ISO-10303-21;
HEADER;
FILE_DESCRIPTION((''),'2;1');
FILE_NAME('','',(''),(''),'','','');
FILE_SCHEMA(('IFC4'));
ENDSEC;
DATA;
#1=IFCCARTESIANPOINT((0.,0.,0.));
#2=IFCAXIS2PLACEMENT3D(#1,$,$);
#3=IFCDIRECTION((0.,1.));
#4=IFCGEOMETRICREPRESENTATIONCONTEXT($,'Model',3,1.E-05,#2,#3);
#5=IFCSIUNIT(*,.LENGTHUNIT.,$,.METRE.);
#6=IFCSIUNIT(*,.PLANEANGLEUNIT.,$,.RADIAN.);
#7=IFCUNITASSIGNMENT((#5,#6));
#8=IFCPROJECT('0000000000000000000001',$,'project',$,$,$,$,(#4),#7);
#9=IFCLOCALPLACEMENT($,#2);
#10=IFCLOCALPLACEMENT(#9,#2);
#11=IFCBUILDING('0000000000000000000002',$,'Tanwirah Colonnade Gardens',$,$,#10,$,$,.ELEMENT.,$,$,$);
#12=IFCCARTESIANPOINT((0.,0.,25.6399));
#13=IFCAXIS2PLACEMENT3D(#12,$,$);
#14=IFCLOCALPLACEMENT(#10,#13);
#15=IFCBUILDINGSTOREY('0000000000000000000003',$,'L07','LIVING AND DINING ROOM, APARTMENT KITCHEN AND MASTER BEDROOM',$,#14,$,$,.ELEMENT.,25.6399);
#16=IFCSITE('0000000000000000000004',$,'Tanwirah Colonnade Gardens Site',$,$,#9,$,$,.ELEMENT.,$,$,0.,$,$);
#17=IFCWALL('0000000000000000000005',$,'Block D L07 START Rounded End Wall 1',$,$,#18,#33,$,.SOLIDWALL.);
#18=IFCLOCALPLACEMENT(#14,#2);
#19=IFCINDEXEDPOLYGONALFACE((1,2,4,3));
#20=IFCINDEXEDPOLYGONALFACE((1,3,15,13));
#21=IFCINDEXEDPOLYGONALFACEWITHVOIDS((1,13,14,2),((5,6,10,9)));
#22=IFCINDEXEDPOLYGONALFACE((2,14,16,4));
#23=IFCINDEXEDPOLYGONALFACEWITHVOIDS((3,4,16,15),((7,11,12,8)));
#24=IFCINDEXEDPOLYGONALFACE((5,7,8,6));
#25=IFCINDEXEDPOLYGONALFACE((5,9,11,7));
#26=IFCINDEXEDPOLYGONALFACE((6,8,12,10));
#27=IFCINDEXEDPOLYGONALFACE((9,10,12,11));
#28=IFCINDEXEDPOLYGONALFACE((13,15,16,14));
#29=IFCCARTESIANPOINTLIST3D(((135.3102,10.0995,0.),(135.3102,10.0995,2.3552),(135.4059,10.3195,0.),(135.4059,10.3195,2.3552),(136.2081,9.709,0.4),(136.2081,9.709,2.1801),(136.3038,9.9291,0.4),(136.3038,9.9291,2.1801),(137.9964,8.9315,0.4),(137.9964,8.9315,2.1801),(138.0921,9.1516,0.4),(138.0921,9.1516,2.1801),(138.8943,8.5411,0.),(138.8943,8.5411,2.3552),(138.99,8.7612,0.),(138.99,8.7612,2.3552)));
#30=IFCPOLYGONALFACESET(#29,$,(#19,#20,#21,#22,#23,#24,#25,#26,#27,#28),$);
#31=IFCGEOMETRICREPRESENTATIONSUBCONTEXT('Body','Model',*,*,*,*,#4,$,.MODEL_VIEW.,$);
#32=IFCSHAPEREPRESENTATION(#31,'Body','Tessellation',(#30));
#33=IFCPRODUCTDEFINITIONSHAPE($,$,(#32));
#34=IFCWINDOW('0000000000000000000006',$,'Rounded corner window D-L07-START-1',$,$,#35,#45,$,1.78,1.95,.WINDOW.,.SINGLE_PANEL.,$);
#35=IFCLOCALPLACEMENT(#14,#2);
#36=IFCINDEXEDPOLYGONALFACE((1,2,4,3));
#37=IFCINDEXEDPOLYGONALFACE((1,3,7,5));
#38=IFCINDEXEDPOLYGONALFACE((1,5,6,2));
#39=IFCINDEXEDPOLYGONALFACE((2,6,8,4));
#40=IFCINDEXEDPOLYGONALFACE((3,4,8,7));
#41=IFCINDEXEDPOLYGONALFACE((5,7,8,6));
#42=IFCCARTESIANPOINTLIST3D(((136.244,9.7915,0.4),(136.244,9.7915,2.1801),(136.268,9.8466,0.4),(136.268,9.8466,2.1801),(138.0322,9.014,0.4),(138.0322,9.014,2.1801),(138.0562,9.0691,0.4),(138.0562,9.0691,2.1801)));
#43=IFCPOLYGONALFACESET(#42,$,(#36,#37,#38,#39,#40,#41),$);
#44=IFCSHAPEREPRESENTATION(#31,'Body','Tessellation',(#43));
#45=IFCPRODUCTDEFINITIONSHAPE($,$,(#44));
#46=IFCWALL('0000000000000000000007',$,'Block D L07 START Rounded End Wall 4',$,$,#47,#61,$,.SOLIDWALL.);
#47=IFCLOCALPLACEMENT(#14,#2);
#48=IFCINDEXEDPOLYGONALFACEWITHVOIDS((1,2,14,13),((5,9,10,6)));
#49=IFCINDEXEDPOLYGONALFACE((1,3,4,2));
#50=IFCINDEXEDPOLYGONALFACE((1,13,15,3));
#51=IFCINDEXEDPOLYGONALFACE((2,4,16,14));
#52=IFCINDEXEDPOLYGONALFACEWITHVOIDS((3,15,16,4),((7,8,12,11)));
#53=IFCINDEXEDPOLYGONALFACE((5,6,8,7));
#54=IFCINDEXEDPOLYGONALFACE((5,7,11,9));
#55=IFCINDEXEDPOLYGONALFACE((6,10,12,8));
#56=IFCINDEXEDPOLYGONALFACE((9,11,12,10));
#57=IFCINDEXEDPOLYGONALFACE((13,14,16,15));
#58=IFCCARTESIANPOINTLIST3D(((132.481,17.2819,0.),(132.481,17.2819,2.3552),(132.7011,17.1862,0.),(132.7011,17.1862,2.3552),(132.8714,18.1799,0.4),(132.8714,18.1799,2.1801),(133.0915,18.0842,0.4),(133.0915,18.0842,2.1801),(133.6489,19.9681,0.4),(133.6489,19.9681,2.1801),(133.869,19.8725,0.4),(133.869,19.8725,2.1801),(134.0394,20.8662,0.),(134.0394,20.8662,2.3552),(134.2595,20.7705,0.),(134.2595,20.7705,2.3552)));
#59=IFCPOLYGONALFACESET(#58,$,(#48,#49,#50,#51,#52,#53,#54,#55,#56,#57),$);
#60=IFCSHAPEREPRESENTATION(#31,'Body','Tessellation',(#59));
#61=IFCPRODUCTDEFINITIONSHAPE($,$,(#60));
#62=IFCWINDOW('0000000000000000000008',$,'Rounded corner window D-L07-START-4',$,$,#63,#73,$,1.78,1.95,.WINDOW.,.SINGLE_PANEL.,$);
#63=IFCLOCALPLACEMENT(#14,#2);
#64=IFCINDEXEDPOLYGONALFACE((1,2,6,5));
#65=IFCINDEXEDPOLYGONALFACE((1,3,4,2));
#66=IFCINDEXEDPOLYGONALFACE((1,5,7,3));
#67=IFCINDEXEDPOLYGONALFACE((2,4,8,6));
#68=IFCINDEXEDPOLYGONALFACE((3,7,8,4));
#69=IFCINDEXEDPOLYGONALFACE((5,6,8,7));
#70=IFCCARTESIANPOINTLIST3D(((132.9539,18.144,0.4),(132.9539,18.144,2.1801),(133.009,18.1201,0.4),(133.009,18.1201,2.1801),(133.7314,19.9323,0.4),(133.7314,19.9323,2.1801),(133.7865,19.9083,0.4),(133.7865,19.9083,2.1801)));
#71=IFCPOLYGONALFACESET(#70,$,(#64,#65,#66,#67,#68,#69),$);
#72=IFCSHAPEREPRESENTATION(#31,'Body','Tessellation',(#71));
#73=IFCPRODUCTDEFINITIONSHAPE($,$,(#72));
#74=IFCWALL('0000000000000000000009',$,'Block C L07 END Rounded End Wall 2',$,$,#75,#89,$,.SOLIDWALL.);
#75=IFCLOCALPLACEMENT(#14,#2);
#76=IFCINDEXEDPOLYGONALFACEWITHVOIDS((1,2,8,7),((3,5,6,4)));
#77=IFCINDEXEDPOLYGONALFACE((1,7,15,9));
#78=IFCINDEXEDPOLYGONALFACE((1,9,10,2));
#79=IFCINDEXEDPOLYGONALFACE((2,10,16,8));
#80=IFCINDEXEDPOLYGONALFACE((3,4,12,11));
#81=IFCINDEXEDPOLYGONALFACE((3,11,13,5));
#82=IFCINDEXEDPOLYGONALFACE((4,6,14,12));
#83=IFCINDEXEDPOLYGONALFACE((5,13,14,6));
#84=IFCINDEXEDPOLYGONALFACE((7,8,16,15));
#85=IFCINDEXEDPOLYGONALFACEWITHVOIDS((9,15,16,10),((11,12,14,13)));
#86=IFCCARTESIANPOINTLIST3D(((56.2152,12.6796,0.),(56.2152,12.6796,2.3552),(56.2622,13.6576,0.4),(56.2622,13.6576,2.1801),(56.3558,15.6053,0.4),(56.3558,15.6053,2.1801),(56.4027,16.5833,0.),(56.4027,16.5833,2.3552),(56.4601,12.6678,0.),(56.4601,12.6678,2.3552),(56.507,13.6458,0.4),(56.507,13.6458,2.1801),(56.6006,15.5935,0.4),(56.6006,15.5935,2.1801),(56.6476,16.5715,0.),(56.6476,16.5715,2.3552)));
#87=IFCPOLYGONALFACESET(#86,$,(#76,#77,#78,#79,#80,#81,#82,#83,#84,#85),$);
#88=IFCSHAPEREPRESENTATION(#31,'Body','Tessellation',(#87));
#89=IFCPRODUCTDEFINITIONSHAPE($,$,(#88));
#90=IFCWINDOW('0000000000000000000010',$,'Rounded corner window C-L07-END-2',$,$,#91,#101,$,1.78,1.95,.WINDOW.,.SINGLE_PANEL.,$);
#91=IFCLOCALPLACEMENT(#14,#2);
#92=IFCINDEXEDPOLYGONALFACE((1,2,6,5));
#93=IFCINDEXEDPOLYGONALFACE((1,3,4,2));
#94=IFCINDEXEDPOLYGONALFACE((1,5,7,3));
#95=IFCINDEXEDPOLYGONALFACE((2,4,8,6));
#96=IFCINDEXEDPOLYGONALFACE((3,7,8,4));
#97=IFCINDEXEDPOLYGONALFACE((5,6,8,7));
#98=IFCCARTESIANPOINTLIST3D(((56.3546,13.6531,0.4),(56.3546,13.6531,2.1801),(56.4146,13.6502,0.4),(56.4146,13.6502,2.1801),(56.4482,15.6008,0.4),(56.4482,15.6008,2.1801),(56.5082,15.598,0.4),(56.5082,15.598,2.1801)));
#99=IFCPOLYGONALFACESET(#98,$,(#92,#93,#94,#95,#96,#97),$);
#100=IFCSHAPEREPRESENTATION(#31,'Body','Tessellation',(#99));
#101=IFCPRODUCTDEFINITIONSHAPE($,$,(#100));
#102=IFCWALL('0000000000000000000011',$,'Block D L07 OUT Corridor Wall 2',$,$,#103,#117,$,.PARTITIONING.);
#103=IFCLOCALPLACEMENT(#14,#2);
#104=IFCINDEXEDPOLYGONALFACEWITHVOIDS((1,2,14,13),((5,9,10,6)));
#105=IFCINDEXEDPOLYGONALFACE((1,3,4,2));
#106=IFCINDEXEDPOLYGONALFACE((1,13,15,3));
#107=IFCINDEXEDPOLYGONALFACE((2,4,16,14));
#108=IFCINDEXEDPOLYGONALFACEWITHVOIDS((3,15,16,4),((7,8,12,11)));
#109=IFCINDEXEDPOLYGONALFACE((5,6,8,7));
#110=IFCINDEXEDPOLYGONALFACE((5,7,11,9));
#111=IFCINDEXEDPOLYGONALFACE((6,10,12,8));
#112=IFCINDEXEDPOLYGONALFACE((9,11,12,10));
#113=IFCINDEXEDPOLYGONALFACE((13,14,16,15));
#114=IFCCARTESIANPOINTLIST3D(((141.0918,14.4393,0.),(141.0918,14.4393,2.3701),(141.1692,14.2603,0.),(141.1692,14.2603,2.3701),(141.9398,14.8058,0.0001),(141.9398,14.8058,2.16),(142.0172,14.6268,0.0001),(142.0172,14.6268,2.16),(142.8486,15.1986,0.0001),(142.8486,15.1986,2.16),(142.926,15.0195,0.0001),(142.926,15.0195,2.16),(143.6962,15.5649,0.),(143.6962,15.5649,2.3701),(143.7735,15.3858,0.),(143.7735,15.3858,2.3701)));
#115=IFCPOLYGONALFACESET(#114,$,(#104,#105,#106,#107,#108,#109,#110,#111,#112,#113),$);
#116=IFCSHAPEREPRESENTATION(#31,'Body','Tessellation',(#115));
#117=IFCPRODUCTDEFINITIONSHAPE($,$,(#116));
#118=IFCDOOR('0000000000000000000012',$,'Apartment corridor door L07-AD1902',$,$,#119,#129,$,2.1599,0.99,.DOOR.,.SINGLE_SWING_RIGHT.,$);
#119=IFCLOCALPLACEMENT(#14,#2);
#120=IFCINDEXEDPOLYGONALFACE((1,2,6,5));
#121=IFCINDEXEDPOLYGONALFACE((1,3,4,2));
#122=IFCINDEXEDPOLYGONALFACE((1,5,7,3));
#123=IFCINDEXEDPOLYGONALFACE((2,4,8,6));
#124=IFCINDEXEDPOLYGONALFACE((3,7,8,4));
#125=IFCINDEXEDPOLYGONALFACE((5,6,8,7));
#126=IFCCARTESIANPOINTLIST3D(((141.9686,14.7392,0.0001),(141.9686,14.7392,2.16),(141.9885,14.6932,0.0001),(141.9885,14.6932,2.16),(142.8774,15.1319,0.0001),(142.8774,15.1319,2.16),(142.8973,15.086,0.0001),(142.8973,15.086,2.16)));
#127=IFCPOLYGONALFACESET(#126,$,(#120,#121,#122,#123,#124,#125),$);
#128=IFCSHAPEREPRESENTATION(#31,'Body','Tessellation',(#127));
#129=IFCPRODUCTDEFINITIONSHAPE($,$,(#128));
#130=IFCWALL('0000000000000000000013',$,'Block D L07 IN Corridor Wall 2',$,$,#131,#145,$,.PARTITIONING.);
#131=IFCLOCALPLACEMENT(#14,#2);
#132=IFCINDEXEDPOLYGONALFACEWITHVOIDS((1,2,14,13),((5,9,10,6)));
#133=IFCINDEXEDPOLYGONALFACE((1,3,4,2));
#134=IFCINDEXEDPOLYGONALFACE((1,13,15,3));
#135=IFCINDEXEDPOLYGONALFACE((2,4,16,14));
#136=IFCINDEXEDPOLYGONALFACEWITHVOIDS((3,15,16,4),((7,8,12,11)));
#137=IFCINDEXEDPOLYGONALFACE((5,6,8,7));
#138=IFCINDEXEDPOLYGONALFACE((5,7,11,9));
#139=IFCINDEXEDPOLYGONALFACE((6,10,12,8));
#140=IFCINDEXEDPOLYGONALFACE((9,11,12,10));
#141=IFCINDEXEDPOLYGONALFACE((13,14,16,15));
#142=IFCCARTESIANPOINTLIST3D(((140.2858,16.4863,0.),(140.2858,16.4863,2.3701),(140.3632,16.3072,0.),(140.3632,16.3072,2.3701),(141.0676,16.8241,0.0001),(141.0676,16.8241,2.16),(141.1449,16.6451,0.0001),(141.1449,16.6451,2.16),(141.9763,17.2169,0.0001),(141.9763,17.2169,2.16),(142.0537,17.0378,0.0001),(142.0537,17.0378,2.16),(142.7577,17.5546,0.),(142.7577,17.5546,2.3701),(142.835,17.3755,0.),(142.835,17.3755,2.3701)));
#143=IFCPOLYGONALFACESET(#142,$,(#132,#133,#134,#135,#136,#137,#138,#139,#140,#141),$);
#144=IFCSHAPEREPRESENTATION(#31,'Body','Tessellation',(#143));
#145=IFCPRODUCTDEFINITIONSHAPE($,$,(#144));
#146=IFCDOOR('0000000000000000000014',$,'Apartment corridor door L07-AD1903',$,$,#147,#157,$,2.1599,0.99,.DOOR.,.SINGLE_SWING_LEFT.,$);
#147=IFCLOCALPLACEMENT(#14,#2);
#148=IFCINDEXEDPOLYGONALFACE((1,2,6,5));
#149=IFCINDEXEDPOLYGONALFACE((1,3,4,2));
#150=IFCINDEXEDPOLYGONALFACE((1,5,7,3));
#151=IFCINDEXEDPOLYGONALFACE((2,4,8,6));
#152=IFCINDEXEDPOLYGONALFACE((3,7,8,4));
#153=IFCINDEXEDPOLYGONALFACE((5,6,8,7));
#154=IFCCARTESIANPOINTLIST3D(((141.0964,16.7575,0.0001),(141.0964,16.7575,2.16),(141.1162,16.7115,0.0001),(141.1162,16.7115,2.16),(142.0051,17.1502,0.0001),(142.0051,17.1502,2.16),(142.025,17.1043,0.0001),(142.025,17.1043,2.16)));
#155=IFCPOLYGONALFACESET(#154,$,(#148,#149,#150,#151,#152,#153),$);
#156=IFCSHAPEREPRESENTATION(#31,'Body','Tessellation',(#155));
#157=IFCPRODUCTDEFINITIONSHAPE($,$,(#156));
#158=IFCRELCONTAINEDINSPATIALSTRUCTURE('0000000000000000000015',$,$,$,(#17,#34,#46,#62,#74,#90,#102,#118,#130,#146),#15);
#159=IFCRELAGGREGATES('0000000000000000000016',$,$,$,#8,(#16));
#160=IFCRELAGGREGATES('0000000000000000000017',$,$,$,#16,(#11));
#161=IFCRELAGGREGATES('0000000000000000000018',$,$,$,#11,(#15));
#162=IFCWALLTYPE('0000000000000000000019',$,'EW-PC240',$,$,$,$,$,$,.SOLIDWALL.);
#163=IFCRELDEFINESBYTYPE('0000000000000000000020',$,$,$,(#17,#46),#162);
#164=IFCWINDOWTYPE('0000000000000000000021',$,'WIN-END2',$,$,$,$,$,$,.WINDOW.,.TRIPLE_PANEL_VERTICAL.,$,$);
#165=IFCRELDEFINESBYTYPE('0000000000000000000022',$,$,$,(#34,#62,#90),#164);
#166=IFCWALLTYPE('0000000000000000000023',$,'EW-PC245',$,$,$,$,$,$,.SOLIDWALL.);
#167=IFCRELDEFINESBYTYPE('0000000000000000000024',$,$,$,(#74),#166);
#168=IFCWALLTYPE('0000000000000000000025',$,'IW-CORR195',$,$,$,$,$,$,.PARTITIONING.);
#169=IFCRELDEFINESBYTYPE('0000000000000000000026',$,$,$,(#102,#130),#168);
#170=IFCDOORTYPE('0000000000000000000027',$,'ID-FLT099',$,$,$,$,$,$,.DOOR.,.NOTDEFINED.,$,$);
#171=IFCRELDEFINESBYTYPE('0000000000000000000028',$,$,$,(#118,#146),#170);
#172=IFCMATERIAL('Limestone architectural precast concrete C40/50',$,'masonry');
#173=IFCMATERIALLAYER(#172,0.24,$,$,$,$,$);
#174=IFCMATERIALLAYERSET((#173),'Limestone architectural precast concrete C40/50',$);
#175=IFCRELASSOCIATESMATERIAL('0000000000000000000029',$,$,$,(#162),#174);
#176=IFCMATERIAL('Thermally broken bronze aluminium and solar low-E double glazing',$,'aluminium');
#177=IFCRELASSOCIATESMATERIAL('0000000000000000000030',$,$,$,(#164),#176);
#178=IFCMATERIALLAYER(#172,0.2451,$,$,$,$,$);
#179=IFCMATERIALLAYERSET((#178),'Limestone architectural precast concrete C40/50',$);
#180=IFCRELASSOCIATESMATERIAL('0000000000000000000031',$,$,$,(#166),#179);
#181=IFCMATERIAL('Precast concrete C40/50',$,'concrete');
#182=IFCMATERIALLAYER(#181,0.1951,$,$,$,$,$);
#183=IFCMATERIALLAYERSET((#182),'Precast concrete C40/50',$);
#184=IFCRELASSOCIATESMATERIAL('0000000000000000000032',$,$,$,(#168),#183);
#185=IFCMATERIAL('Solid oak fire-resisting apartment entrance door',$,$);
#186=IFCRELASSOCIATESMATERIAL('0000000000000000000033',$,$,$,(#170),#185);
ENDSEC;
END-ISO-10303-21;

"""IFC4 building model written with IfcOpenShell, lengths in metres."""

from ifc_helpers import new_model, si_unit, direction, frame, frame_2d, origin, place, context, subcontext, project, spatial, rectangle, extrude, material, layer, layer_set, type_object, element, fill, save


model = new_model("IFC4")

# Units and contexts
model_context = context("Model", 3, precision=1e-05, world=origin(), true_north=direction((0.0, 1.0)))
body_context = subcontext(model_context, "Body", "Model", "MODEL_VIEW")
ifc_project = project(units=[si_unit("LENGTHUNIT", "METRE"), si_unit("PLANEANGLEUNIT", "RADIAN")], contexts=[model_context])

# Site, building, storey
site_placement = place(None, origin())
site = spatial("IfcSite", under=ifc_project, at=site_placement, Name="Tanwirah Colonnade Gardens Site", CompositionType="ELEMENT", RefElevation=0.0)
building_placement = place(site_placement, origin())
building = spatial("IfcBuilding", under=site, at=building_placement, Name="Tanwirah Colonnade Gardens", CompositionType="ELEMENT")
storey_placement = place(building_placement, frame((0.0, 0.0, 25.6399)))
storey = spatial("IfcBuildingStorey", under=building, at=storey_placement, Name="L07", Description="LIVING AND DINING ROOM, APARTMENT KITCHEN AND MASTER BEDROOM", CompositionType="ELEMENT", Elevation=25.6399)

# Shared definitions
ifc_material_1 = material(Name="Precast concrete C40/50", Category="concrete")

# Wall, opening, window
ifc_material_2 = material(Name="Limestone architectural precast concrete C40/50", Category="masonry")
ifc_layer_1 = layer(ifc_material_2, 0.24)
ifc_layer_set_1 = layer_set([ifc_layer_1], Name="Limestone architectural precast concrete C40/50")
wall_type_1 = type_object("IfcWallType", Name="EW-PC240", PredefinedType="SOLIDWALL", material=ifc_layer_set_1)
ifc_material_3 = material(Name="Thermally broken bronze aluminium and solar low-E double glazing", Category="aluminium")
wall_1_placement = place(storey_placement, frame((138.9421, 8.6511, 0.0), z_axis=(0.0, 0.0, 1.0), x_axis=(-0.917061, 0.398747, 0.0)))
wall_1 = element("IfcWall", 1, at=wall_1_placement, inside=storey, type_object=wall_type_1, Name="Block D L07 START Rounded End Wall 1", PredefinedType="SOLIDWALL", context=body_context, shape_type="SweptSolid", body=[
    extrude(rectangle(XDim=3.9082, YDim=0.24, at=frame_2d((1.9541, 0.0))), origin(), (0.0, 0.0, 1.0), 2.3552),
])
opening_1_placement = place(wall_1_placement, frame((0.979, 0.0, 0.3999)))
opening_1 = element("IfcOpeningElement", 2, at=opening_1_placement, cuts=wall_1, PredefinedType="OPENING", context=body_context, shape_type="SweptSolid", body=[
    extrude(rectangle(XDim=1.95, YDim=1.78, at=frame_2d((0.9751, 0.8901))), frame((0.0, 0.1299, 0.0), z_axis=(0.0, -1.0, 0.0), x_axis=(1.0, 0.0, 0.0)), (0.0, 0.0, 1.0), 0.26),
])
window_type_1 = type_object("IfcWindowType", Name="WIN-END2", PartitioningType="TRIPLE_PANEL_VERTICAL", PredefinedType="WINDOW", material=ifc_material_3)
window_1_placement = place(opening_1_placement, origin())
window_1 = element("IfcWindow", 3, at=window_1_placement, inside=storey, type_object=window_type_1, Name="Rounded corner window D-L07-START-1", OverallHeight=1.78, OverallWidth=1.95, PartitioningType="SINGLE_PANEL", PredefinedType="WINDOW", context=body_context, shape_type="SweptSolid", body=[
    extrude(rectangle(XDim=1.95, YDim=1.78, at=frame_2d((0.9751, 0.8901))), frame((0.0, 0.03, 0.0), z_axis=(0.0, -1.0, 0.0), x_axis=(1.0, 0.0, 0.0)), (0.0, 0.0, 1.0), 0.0601),
])
fill(opening_1, window_1)

# Walls, openings, windows
wall_2_placement = place(storey_placement, frame((132.5911, 17.2341, 0.0), z_axis=(0.0, 0.0, 1.0), x_axis=(0.398724, 0.917071, 0.0)))
wall_2 = element("IfcWall", 4, at=wall_2_placement, inside=storey, type_object=wall_type_1, Name="Block D L07 START Rounded End Wall 4", PredefinedType="SOLIDWALL", context=body_context, shape_type="SweptSolid", body=[
    extrude(rectangle(XDim=3.9084, YDim=0.24, at=frame_2d((1.9541, 0.0))), origin(), (0.0, 0.0, 1.0), 2.3552),
])
opening_2_placement = place(wall_2_placement, frame((0.979, 0.0, 0.3999)))
opening_2 = element("IfcOpeningElement", 5, at=opening_2_placement, cuts=wall_2, PredefinedType="OPENING", context=body_context, shape_type="SweptSolid", body=[
    extrude(rectangle(XDim=1.95, YDim=1.78, at=frame_2d((0.9751, 0.8901))), frame((0.0, 0.1299, 0.0), z_axis=(0.0, -1.0, 0.0), x_axis=(1.0, 0.0, 0.0)), (0.0, 0.0, 1.0), 0.26),
])
window_2_placement = place(opening_2_placement, origin())
window_2 = element("IfcWindow", 6, at=window_2_placement, inside=storey, type_object=window_type_1, Name="Rounded corner window D-L07-START-4", OverallHeight=1.78, OverallWidth=1.95, PartitioningType="SINGLE_PANEL", PredefinedType="WINDOW", context=body_context, shape_type="SweptSolid", body=[
    extrude(rectangle(XDim=1.95, YDim=1.78, at=frame_2d((0.9751, 0.8901))), frame((0.0, 0.03, 0.0), z_axis=(0.0, -1.0, 0.0), x_axis=(1.0, 0.0, 0.0)), (0.0, 0.0, 1.0), 0.0601),
])
fill(opening_2, window_2)
ifc_layer_2 = layer(ifc_material_2, 0.2451)
ifc_layer_set_2 = layer_set([ifc_layer_2], Name="Limestone architectural precast concrete C40/50")
wall_type_2 = type_object("IfcWallType", Name="EW-PC245", PredefinedType="SOLIDWALL", material=ifc_layer_set_2)
wall_3_placement = place(storey_placement, frame((56.5251, 16.5774, 0.0), z_axis=(0.0, 0.0, 1.0), x_axis=(-0.047975, -0.998849, 0.0)))
wall_3 = element("IfcWall", 7, at=wall_3_placement, inside=storey, type_object=wall_type_2, Name="Block C L07 END Rounded End Wall 2", PredefinedType="SOLIDWALL", context=body_context, shape_type="SweptSolid", body=[
    extrude(rectangle(XDim=3.9082, YDim=0.2451, at=frame_2d((1.9541, 0.0))), origin(), (0.0, 0.0, 1.0), 2.3552),
])
opening_3_placement = place(wall_3_placement, frame((0.979, 0.0, 0.3999)))
opening_3 = element("IfcOpeningElement", 8, at=opening_3_placement, cuts=wall_3, PredefinedType="OPENING", context=body_context, shape_type="SweptSolid", body=[
    extrude(rectangle(XDim=1.95, YDim=1.78, at=frame_2d((0.9751, 0.8901))), frame((0.0, 0.1326, 0.0), z_axis=(0.0, -1.0, 0.0), x_axis=(1.0, 0.0, 0.0)), (0.0, 0.0, 1.0), 0.2651),
])
window_3_placement = place(opening_3_placement, origin())
window_3 = element("IfcWindow", 9, at=window_3_placement, inside=storey, type_object=window_type_1, Name="Rounded corner window C-L07-END-2", OverallHeight=1.78, OverallWidth=1.95, PartitioningType="SINGLE_PANEL", PredefinedType="WINDOW", context=body_context, shape_type="SweptSolid", body=[
    extrude(rectangle(XDim=1.95, YDim=1.78, at=frame_2d((0.9751, 0.8901))), frame((0.0, 0.03, 0.0), z_axis=(0.0, -1.0, 0.0), x_axis=(1.0, 0.0, 0.0)), (0.0, 0.0, 1.0), 0.0601),
])
fill(opening_3, window_3)

# Walls, openings, doors
ifc_layer_3 = layer(ifc_material_1, 0.1951)
ifc_layer_set_3 = layer_set([ifc_layer_3], Name="Precast concrete C40/50")
wall_type_3 = type_object("IfcWallType", Name="IW-CORR195", PredefinedType="PARTITIONING", material=ifc_layer_set_3)
wall_4_placement = place(storey_placement, frame((141.1306, 14.3499, 0.0), z_axis=(0.0, 0.0, 1.0), x_axis=(0.917943, 0.396711, 0.0)))
wall_4 = element("IfcWall", 10, at=wall_4_placement, inside=storey, type_object=wall_type_3, Name="Block D L07 OUT Corridor Wall 2", PredefinedType="PARTITIONING", context=body_context, shape_type="SweptSolid", body=[
    extrude(rectangle(XDim=2.8372, YDim=0.1951, at=frame_2d((1.4185, 0.0))), origin(), (0.0, 0.0, 1.0), 2.3701),
])
opening_4_placement = place(wall_4_placement, frame((0.9236, 0.0, 0.0)))
opening_4 = element("IfcOpeningElement", 11, at=opening_4_placement, cuts=wall_4, PredefinedType="OPENING", context=body_context, shape_type="SweptSolid", body=[
    extrude(rectangle(XDim=0.99, YDim=2.1599, at=frame_2d((0.4951, 1.0801))), frame((0.0, 0.1074, 0.0), z_axis=(0.0, -1.0, 0.0), x_axis=(1.0, 0.0, 0.0)), (0.0, 0.0, 1.0), 0.2151),
])
ifc_material_4 = material(Name="Solid oak fire-resisting apartment entrance door")
door_type_1 = type_object("IfcDoorType", Name="ID-FLT099", OperationType="NOTDEFINED", PredefinedType="DOOR", material=ifc_material_4)
door_1_placement = place(opening_4_placement, origin())
door_1 = element("IfcDoor", 12, at=door_1_placement, inside=storey, type_object=door_type_1, Name="Apartment corridor door L07-AD1902", OperationType="SINGLE_SWING_RIGHT", OverallHeight=2.1599, OverallWidth=0.99, PredefinedType="DOOR", context=body_context, shape_type="SweptSolid", body=[
    extrude(rectangle(XDim=0.99, YDim=2.1599, at=frame_2d((0.4951, 1.0801))), frame((0.0, 0.0249, 0.0), z_axis=(0.0, -1.0, 0.0), x_axis=(1.0, 0.0, 0.0)), (0.0, 0.0, 1.0), 0.05),
])
fill(opening_4, door_1)
wall_5_placement = place(storey_placement, frame((140.3245, 16.3967, 0.0), z_axis=(0.0, 0.0, 1.0), x_axis=(0.917936, 0.396729, 0.0)))
wall_5 = element("IfcWall", 13, at=wall_5_placement, inside=storey, type_object=wall_type_3, Name="Block D L07 IN Corridor Wall 2", PredefinedType="PARTITIONING", context=body_context, shape_type="SweptSolid", body=[
    extrude(rectangle(XDim=2.6929, YDim=0.1951, at=frame_2d((1.3464, 0.0))), origin(), (0.0, 0.0, 1.0), 2.3701),
])
opening_5_placement = place(wall_5_placement, frame((0.8516, 0.0, 0.0)))
opening_5 = element("IfcOpeningElement", 14, at=opening_5_placement, cuts=wall_5, PredefinedType="OPENING", context=body_context, shape_type="SweptSolid", body=[
    extrude(rectangle(XDim=0.99, YDim=2.1599, at=frame_2d((0.4951, 1.0801))), frame((0.0, 0.1074, 0.0), z_axis=(0.0, -1.0, 0.0), x_axis=(1.0, 0.0, 0.0)), (0.0, 0.0, 1.0), 0.2151),
])
door_2_placement = place(opening_5_placement, origin())
door_2 = element("IfcDoor", 15, at=door_2_placement, inside=storey, type_object=door_type_1, Name="Apartment corridor door L07-AD1903", OperationType="SINGLE_SWING_LEFT", OverallHeight=2.1599, OverallWidth=0.99, PredefinedType="DOOR", context=body_context, shape_type="SweptSolid", body=[
    extrude(rectangle(XDim=0.99, YDim=2.1599, at=frame_2d((0.4951, 1.0801))), frame((0.0, 0.0249, 0.0), z_axis=(0.0, -1.0, 0.0), x_axis=(1.0, 0.0, 0.0)), (0.0, 0.0, 1.0), 0.05),
])
fill(opening_5, door_2)

save(model, "model.ifc")
